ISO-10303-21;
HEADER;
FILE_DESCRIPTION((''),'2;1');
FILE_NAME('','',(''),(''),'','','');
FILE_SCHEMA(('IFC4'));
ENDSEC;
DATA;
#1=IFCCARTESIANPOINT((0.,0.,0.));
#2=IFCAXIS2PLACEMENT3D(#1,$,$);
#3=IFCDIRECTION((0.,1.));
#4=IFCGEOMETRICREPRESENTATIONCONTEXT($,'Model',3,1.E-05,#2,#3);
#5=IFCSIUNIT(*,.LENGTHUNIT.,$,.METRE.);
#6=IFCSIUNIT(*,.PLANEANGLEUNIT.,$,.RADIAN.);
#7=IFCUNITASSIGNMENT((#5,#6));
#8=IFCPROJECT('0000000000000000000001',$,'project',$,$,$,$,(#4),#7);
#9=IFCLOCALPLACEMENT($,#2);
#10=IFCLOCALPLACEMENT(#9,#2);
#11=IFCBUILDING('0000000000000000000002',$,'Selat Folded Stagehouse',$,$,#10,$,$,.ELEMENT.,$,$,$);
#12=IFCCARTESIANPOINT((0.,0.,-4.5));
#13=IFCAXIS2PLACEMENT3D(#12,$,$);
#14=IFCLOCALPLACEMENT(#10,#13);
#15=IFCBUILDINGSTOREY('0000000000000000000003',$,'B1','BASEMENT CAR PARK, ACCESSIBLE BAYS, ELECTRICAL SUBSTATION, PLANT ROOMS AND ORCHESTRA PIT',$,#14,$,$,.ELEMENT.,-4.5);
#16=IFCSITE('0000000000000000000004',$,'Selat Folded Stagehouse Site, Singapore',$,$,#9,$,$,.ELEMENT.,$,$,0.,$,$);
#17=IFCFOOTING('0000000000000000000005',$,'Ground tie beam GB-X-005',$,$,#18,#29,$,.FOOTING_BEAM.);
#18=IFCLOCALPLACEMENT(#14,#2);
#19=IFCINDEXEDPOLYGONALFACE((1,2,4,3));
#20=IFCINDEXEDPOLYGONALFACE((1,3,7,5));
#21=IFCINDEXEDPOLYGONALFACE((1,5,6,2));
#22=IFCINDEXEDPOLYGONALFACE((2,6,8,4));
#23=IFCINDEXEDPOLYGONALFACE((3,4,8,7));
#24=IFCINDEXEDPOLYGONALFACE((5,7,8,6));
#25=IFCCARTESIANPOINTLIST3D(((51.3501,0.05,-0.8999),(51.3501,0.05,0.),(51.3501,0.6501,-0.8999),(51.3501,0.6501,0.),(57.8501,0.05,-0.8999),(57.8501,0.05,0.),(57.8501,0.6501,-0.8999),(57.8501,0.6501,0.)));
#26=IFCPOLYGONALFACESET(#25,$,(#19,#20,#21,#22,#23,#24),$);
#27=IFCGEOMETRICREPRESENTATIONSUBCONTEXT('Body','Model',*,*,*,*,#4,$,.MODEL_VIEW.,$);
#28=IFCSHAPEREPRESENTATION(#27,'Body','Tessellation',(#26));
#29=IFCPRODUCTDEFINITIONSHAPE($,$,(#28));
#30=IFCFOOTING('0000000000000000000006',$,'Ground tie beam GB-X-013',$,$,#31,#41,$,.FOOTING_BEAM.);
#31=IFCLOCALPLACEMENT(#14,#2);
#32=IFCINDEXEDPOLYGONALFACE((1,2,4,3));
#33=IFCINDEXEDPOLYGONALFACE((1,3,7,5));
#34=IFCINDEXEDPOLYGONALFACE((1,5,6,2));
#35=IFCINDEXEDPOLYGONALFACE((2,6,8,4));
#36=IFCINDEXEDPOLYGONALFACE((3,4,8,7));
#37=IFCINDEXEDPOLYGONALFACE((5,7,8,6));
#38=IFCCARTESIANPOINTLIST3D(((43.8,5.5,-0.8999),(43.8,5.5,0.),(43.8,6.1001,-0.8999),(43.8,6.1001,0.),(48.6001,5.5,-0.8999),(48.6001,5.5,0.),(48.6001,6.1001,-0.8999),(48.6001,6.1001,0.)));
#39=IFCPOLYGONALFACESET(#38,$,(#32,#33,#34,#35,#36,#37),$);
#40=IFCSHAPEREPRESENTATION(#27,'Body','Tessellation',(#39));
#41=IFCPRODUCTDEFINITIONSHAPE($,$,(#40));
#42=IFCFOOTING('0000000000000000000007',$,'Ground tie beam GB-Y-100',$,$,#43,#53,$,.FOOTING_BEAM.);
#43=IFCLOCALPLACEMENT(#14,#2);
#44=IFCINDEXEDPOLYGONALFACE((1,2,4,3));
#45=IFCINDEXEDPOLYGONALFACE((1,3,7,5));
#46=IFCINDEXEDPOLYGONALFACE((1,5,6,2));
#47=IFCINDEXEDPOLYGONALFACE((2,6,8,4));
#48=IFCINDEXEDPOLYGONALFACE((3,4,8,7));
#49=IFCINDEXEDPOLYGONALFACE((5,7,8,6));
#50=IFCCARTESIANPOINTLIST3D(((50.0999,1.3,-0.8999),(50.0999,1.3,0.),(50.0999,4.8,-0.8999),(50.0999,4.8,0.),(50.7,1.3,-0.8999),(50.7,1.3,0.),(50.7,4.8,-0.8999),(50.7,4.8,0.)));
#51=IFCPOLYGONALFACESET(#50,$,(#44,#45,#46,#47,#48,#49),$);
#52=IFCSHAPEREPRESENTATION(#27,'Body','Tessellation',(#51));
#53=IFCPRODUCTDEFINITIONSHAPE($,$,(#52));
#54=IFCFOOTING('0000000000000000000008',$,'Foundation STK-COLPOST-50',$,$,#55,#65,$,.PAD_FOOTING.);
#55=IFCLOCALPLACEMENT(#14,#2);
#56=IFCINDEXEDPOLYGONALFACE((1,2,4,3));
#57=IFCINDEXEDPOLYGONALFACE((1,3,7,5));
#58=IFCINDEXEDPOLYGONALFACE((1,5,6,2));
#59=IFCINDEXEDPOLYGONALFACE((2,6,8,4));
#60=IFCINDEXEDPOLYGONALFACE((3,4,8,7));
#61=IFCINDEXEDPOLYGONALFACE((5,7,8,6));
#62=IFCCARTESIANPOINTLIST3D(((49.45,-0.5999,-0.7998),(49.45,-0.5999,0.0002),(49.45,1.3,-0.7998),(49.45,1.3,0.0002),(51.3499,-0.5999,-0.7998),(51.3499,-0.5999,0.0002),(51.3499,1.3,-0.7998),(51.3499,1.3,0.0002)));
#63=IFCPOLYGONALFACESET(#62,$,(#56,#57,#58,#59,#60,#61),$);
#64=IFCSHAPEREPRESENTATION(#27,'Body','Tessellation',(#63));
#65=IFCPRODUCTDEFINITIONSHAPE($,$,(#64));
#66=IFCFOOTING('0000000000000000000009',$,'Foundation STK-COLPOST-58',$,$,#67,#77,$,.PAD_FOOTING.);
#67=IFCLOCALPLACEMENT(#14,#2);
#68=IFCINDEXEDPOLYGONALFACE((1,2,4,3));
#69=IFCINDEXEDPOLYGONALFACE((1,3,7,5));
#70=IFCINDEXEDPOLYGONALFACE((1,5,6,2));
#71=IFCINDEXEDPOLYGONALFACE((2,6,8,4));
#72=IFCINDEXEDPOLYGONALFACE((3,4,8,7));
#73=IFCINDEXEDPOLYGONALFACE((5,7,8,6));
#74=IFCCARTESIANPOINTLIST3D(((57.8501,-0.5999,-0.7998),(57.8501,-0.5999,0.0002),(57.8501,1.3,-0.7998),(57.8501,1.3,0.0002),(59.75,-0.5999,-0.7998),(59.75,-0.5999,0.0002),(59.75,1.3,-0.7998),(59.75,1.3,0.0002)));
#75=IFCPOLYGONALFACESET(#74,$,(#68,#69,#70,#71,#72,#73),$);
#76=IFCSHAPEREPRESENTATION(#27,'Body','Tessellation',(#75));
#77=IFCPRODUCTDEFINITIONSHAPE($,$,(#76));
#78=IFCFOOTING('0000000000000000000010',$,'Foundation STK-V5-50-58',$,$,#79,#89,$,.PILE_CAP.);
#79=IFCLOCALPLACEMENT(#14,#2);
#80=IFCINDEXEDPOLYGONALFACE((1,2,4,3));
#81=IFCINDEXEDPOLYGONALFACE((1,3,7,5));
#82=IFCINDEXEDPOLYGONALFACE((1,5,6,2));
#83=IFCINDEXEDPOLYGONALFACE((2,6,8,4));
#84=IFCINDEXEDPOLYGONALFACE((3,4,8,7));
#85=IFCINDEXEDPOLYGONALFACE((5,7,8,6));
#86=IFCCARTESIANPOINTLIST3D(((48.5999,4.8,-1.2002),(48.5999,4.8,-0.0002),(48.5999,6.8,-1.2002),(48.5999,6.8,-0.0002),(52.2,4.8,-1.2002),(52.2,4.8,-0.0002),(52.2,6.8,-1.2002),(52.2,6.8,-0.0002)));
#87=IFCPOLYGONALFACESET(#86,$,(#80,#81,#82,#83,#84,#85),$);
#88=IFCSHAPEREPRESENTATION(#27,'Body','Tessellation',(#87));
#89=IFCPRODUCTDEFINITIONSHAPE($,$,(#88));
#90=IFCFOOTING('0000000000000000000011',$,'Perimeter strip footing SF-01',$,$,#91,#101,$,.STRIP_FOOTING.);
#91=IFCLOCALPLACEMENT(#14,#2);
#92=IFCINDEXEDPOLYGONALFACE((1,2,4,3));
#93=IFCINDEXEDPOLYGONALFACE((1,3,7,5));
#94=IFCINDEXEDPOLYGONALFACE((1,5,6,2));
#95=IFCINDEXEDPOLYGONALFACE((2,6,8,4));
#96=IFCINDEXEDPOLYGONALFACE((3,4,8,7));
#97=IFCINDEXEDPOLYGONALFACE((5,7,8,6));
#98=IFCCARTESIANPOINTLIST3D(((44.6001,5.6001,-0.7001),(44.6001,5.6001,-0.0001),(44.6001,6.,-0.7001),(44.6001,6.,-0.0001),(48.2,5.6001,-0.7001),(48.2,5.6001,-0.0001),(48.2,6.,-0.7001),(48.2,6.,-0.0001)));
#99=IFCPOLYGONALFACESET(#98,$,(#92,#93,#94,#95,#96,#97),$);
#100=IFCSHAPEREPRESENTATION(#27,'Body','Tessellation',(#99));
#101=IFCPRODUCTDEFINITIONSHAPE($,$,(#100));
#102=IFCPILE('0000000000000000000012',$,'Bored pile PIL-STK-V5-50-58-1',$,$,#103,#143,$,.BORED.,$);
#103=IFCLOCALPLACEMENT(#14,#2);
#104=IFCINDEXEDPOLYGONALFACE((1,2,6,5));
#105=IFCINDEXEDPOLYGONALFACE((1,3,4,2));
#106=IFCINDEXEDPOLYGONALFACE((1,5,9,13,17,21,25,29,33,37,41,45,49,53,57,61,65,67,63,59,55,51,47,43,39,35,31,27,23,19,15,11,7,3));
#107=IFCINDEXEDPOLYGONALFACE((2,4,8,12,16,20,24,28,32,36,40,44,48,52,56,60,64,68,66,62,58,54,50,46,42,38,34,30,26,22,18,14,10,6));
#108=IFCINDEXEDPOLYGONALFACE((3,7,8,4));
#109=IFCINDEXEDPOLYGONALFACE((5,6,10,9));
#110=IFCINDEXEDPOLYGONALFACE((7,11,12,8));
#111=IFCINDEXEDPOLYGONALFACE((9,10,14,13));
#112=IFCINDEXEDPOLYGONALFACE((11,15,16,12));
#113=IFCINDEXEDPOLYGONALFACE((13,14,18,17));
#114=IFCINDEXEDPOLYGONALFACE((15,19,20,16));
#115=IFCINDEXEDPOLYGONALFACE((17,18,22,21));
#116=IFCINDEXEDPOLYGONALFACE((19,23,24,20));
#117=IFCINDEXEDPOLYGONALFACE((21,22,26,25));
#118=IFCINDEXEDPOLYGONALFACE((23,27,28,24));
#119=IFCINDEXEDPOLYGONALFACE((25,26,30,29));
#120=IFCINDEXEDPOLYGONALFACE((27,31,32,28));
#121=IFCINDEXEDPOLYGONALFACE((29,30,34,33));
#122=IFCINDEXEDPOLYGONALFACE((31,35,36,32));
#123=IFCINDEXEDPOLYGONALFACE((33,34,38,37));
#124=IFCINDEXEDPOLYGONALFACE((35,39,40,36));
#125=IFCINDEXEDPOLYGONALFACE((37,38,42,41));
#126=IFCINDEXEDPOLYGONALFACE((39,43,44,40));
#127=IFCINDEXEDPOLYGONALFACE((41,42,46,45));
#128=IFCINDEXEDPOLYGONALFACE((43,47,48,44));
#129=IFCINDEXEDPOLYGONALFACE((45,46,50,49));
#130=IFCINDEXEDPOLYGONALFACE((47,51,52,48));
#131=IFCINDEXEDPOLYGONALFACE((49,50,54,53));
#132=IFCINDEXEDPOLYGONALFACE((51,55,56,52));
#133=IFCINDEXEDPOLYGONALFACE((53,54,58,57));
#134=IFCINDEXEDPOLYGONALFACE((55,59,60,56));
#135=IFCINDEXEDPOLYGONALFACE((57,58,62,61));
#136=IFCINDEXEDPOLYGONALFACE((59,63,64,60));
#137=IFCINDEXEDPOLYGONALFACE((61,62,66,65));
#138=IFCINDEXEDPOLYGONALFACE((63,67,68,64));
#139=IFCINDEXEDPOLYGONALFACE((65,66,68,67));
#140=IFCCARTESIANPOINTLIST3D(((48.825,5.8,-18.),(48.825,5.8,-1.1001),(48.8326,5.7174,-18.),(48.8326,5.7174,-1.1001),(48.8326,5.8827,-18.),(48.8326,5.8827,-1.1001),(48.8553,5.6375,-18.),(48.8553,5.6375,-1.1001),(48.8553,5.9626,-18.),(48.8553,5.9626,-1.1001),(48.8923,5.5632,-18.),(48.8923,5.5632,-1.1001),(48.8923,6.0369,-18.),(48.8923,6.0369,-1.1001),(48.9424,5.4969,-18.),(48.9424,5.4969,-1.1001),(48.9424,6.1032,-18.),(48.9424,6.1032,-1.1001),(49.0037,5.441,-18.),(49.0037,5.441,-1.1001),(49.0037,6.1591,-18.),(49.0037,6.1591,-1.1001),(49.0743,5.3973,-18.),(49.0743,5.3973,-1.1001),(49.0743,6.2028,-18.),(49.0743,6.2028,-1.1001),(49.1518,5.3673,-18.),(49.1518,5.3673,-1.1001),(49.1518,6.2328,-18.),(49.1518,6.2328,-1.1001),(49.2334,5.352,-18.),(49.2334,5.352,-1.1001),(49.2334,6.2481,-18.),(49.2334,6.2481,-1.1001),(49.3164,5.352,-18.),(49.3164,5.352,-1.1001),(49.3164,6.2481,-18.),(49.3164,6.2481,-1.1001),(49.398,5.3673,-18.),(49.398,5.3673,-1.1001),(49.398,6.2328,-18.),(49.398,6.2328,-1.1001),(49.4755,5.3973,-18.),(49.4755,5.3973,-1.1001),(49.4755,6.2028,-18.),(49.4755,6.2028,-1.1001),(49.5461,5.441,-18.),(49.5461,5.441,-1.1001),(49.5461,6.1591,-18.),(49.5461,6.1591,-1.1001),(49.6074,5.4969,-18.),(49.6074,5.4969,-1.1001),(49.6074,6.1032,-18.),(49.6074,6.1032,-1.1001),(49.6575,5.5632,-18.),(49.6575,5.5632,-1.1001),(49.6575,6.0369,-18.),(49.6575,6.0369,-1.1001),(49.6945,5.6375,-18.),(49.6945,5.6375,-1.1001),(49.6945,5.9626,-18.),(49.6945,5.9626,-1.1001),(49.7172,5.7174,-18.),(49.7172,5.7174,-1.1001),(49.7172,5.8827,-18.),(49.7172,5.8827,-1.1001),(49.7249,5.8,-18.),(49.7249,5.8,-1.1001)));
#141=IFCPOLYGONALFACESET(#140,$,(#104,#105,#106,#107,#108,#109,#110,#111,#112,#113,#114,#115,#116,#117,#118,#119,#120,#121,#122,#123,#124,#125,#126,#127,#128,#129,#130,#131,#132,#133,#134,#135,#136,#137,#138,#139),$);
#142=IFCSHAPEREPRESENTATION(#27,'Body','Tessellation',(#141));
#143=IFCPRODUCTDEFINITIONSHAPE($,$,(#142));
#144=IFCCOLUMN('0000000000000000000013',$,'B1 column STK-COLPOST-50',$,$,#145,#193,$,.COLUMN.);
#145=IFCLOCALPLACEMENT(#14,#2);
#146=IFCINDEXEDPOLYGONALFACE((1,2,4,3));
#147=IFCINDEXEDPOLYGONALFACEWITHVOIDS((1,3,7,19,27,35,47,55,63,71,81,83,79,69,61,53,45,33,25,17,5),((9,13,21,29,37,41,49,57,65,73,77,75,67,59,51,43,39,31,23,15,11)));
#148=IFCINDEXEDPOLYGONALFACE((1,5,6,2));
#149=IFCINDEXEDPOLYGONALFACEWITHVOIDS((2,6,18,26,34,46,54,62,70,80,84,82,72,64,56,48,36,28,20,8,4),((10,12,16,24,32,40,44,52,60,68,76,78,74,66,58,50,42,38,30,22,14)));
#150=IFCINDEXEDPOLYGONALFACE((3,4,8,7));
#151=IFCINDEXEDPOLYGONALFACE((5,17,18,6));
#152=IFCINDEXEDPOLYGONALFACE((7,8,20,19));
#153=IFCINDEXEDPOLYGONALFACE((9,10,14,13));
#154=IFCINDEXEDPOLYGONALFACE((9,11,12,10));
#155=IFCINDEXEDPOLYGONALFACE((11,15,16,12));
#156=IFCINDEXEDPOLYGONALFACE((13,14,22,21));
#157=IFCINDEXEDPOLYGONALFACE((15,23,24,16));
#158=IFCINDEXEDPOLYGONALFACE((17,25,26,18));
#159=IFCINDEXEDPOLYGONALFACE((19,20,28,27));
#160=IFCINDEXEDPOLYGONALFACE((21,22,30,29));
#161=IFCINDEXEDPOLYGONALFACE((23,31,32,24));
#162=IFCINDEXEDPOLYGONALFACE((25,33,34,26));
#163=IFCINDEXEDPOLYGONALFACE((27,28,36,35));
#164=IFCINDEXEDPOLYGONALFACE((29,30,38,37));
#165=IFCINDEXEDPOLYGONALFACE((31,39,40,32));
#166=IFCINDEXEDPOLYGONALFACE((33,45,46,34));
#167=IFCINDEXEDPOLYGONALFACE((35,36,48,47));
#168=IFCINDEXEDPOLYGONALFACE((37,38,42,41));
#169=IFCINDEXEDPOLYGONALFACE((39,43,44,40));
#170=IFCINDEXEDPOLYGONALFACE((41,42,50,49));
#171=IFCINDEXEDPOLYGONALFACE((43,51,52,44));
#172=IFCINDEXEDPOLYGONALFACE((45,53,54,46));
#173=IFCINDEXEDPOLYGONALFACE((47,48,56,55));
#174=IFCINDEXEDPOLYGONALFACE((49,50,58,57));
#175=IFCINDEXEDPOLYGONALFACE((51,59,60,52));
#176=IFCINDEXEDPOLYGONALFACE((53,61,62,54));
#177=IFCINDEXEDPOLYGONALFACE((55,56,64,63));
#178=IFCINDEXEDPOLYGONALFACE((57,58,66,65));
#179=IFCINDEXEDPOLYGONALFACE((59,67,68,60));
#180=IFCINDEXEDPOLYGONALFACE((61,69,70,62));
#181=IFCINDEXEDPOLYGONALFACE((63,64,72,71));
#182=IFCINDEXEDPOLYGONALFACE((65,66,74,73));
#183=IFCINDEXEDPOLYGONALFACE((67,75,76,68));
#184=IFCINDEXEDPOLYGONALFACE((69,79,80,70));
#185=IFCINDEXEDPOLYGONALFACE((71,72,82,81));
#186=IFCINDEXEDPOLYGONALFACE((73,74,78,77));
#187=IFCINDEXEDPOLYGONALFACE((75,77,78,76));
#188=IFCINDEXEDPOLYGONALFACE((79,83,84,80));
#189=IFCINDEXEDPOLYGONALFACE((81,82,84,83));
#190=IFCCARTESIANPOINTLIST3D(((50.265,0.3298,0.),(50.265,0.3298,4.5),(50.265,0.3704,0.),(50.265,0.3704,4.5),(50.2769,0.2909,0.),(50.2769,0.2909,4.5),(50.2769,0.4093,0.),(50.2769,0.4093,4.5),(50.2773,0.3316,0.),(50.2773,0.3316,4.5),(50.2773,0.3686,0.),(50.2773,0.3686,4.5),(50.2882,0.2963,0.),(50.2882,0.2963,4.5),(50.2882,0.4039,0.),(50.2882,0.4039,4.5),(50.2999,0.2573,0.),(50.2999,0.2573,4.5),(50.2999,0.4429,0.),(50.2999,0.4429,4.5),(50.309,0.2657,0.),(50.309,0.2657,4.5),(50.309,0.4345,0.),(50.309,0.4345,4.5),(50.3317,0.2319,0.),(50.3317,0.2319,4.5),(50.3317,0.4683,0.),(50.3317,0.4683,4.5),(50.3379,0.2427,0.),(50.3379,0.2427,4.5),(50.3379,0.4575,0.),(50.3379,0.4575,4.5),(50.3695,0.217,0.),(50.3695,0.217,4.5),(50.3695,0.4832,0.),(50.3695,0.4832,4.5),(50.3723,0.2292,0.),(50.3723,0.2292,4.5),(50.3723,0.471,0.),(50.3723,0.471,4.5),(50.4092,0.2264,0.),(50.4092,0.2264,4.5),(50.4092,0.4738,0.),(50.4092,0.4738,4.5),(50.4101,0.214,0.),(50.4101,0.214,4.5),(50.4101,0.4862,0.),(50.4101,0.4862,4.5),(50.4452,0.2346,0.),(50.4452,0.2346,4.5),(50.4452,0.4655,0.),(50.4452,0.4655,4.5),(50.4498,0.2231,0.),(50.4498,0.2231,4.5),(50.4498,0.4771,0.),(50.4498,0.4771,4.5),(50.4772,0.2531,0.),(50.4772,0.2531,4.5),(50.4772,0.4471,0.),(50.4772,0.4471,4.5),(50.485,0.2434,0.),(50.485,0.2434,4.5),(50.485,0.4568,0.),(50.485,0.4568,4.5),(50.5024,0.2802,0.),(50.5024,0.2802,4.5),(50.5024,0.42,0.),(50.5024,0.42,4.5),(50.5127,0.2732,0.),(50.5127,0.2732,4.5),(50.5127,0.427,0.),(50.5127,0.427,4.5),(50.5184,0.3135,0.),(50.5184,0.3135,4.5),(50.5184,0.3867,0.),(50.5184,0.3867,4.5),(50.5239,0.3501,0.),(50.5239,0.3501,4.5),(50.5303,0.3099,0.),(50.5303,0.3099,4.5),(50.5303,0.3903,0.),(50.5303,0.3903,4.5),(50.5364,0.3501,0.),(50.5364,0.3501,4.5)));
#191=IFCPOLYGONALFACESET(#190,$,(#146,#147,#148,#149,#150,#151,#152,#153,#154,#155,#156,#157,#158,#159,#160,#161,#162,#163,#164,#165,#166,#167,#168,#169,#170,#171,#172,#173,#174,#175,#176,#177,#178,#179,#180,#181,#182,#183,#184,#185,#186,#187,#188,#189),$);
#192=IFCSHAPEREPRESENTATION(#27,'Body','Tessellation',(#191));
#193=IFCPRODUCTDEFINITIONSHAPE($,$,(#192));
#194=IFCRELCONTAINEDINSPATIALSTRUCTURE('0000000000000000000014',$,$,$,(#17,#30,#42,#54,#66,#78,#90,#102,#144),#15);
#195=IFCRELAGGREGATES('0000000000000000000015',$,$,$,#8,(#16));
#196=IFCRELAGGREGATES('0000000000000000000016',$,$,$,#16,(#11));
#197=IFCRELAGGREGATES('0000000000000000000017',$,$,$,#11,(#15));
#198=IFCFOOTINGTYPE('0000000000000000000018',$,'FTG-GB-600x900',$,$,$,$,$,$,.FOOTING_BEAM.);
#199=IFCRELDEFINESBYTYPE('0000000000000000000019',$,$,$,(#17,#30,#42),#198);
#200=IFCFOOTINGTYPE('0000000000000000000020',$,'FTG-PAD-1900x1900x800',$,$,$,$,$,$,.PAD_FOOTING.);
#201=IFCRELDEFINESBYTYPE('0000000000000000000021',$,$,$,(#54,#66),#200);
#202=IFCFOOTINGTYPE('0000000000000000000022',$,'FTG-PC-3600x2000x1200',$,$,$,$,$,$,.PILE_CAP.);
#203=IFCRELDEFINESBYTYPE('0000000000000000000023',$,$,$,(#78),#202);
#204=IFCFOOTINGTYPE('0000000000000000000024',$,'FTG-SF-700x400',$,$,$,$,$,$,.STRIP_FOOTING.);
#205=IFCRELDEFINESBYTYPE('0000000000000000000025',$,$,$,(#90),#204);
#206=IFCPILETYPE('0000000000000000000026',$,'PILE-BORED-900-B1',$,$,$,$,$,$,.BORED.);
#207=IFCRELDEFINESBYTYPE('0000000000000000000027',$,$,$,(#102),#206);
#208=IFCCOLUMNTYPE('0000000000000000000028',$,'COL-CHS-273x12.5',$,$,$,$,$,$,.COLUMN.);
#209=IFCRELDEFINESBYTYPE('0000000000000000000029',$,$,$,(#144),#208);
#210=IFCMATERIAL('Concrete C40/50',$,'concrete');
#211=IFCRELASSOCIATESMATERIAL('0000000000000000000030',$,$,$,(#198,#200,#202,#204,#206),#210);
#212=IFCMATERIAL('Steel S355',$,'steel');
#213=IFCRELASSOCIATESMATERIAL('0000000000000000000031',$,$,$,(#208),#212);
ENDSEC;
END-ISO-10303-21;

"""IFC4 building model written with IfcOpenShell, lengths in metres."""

from ifc_helpers import new_model, si_unit, direction, frame, origin, origin_2d, place, context, subcontext, project, spatial, rectangle, circle, hollow_circle, extrude, material, material_profile, profile_set, type_object, element, save


model = new_model("IFC4")

# Units and contexts
model_context = context("Model", 3, precision=1e-05, world=origin(), true_north=direction((0.0, 1.0)))
body_context = subcontext(model_context, "Body", "Model", "MODEL_VIEW")
ifc_project = project(units=[si_unit("LENGTHUNIT", "METRE"), si_unit("PLANEANGLEUNIT", "RADIAN")], contexts=[model_context])

# Site, building, storey
site_placement = place(None, origin())
site = spatial("IfcSite", under=ifc_project, at=site_placement, Name="Selat Folded Stagehouse Site, Singapore", CompositionType="ELEMENT", RefElevation=0.0)
building_placement = place(site_placement, origin())
building = spatial("IfcBuilding", under=site, at=building_placement, Name="Selat Folded Stagehouse", CompositionType="ELEMENT")
storey_placement = place(building_placement, frame((0.0, 0.0, -4.5)))
storey = spatial("IfcBuildingStorey", under=building, at=storey_placement, Name="B1", Description="BASEMENT CAR PARK, ACCESSIBLE BAYS, ELECTRICAL SUBSTATION, PLANT ROOMS AND ORCHESTRA PIT", CompositionType="ELEMENT", Elevation=-4.5)

# Footings
ifc_material_1 = material(Name="Concrete C40/50", Category="concrete")
ifc_material_profile_1 = material_profile(ifc_material_1, rectangle(XDim=0.6001, YDim=0.8999, at=origin_2d()), Name="RC 900x600")
ifc_profile_set_1 = profile_set([ifc_material_profile_1], Name="Concrete C40/50")
footing_type_1 = type_object("IfcFootingType", Name="FTG-GB-600x900", PredefinedType="FOOTING_BEAM", material=ifc_profile_set_1)
footing_1_placement = place(storey_placement, frame((51.3501, 0.3501, -0.45), z_axis=(1.0, 0.0, 0.0), x_axis=(0.0, 1.0, 0.0)))
element("IfcFooting", 1, at=footing_1_placement, inside=storey, type_object=footing_type_1, Name="Ground tie beam GB-X-005", PredefinedType="FOOTING_BEAM", context=body_context, shape_type="SweptSolid", body=[
    extrude(rectangle(XDim=0.6001, YDim=0.8999, at=origin_2d()), origin(), (0.0, 0.0, 1.0), 6.5),
])
footing_2_placement = place(storey_placement, frame((43.8, 5.8, -0.45), z_axis=(1.0, 0.0, 0.0), x_axis=(0.0, 1.0, 0.0)))
element("IfcFooting", 2, at=footing_2_placement, inside=storey, type_object=footing_type_1, Name="Ground tie beam GB-X-013", PredefinedType="FOOTING_BEAM", context=body_context, shape_type="SweptSolid", body=[
    extrude(rectangle(XDim=0.6001, YDim=0.8999, at=origin_2d()), origin(), (0.0, 0.0, 1.0), 4.8),
])
footing_3_placement = place(storey_placement, frame((50.3999, 1.3, -0.45), z_axis=(0.0, 1.0, 0.0), x_axis=(-1.0, 0.0, 0.0)))
element("IfcFooting", 3, at=footing_3_placement, inside=storey, type_object=footing_type_1, Name="Ground tie beam GB-Y-100", PredefinedType="FOOTING_BEAM", context=body_context, shape_type="SweptSolid", body=[
    extrude(rectangle(XDim=0.6001, YDim=0.8999, at=origin_2d()), origin(), (0.0, 0.0, 1.0), 3.5),
])
footing_type_2 = type_object("IfcFootingType", Name="FTG-PAD-1900x1900x800", PredefinedType="PAD_FOOTING", material=ifc_material_1)
for number, where, z_axis, x_axis, name in (
    (4, (50.3999, 0.3501, -0.7998), (0.0, 0.0, 1.0), (1.0, 0.0, 0.0), "Foundation STK-COLPOST-50"),
    (5, (58.8, 0.3501, -0.7998), (0.0, 0.0, 1.0), (1.0, 0.0, 0.0), "Foundation STK-COLPOST-58"),
):
    element("IfcFooting", number, at=place(storey_placement, frame(where, z_axis=z_axis, x_axis=x_axis)), inside=storey, type_object=footing_type_2, Name=name, PredefinedType="PAD_FOOTING", context=body_context, shape_type="SweptSolid", body=[
        extrude(rectangle(XDim=1.8999, YDim=1.8999, at=origin_2d()), origin(), (0.0, 0.0, 1.0), 0.8),
    ])
footing_type_3 = type_object("IfcFootingType", Name="FTG-PC-3600x2000x1200", PredefinedType="PILE_CAP", material=ifc_material_1)
footing_4_placement = place(storey_placement, frame((50.3999, 5.8, -1.2002), z_axis=(0.0, 0.0, 1.0), x_axis=(1.0, 0.0, 0.0)))
element("IfcFooting", 6, at=footing_4_placement, inside=storey, type_object=footing_type_3, Name="Foundation STK-V5-50-58", PredefinedType="PILE_CAP", context=body_context, shape_type="SweptSolid", body=[
    extrude(rectangle(XDim=3.6001, YDim=2.0, at=origin_2d()), origin(), (0.0, 0.0, 1.0), 1.2),
])
ifc_material_profile_2 = material_profile(ifc_material_1, rectangle(XDim=0.3999, YDim=0.7, at=origin_2d()), Name="RC 700x400")
ifc_profile_set_2 = profile_set([ifc_material_profile_2], Name="Concrete C40/50")
footing_type_4 = type_object("IfcFootingType", Name="FTG-SF-700x400", PredefinedType="STRIP_FOOTING", material=ifc_profile_set_2)
footing_5_placement = place(storey_placement, frame((44.6001, 5.8, -0.3501), z_axis=(1.0, 0.0, 0.0), x_axis=(0.0, 1.0, 0.0)))
element("IfcFooting", 7, at=footing_5_placement, inside=storey, type_object=footing_type_4, Name="Perimeter strip footing SF-01", PredefinedType="STRIP_FOOTING", context=body_context, shape_type="SweptSolid", body=[
    extrude(rectangle(XDim=0.3999, YDim=0.7, at=origin_2d()), origin(), (0.0, 0.0, 1.0), 3.5999),
])

# Pile
ifc_material_profile_3 = material_profile(ifc_material_1, circle(Radius=0.45, at=origin_2d()), Name="PILE D900")
ifc_profile_set_3 = profile_set([ifc_material_profile_3], Name="Concrete C40/50")
pile_type = type_object("IfcPileType", Name="PILE-BORED-900-B1", PredefinedType="BORED", material=ifc_profile_set_3)
pile_placement = place(storey_placement, frame((49.2749, 5.8, -1.1001), z_axis=(0.0, 0.0, -1.0), x_axis=(1.0, 0.0, 0.0)))
element("IfcPile", 8, at=pile_placement, inside=storey, type_object=pile_type, Name="Bored pile PIL-STK-V5-50-58-1", PredefinedType="BORED", context=body_context, shape_type="SweptSolid", body=[
    extrude(circle(Radius=0.45, at=origin_2d()), origin(), (0.0, 0.0, 1.0), 16.8999),
])

# Column
ifc_material_2 = material(Name="Steel S355", Category="steel")
ifc_material_profile_4 = material_profile(ifc_material_2, hollow_circle(Radius=0.1365, WallThickness=0.0125, at=origin_2d()), Name="CHS 273.0x12.5")
ifc_profile_set_4 = profile_set([ifc_material_profile_4], Name="Steel S355")
column_type_1 = type_object("IfcColumnType", Name="COL-CHS-273x12.5", PredefinedType="COLUMN", material=ifc_profile_set_4)
column_1_placement = place(storey_placement, frame((50.3999, 0.3501, 0.0), z_axis=(0.0, 0.0, 1.0), x_axis=(1.0, 0.0, 0.0)))
element("IfcColumn", 9, at=column_1_placement, inside=storey, type_object=column_type_1, Name="B1 column STK-COLPOST-50", PredefinedType="COLUMN", context=body_context, shape_type="SweptSolid", body=[
    extrude(hollow_circle(Radius=0.1365, WallThickness=0.0125, at=origin_2d()), origin(), (0.0, 0.0, 1.0), 4.5),
])

save(model, "model.ifc")
